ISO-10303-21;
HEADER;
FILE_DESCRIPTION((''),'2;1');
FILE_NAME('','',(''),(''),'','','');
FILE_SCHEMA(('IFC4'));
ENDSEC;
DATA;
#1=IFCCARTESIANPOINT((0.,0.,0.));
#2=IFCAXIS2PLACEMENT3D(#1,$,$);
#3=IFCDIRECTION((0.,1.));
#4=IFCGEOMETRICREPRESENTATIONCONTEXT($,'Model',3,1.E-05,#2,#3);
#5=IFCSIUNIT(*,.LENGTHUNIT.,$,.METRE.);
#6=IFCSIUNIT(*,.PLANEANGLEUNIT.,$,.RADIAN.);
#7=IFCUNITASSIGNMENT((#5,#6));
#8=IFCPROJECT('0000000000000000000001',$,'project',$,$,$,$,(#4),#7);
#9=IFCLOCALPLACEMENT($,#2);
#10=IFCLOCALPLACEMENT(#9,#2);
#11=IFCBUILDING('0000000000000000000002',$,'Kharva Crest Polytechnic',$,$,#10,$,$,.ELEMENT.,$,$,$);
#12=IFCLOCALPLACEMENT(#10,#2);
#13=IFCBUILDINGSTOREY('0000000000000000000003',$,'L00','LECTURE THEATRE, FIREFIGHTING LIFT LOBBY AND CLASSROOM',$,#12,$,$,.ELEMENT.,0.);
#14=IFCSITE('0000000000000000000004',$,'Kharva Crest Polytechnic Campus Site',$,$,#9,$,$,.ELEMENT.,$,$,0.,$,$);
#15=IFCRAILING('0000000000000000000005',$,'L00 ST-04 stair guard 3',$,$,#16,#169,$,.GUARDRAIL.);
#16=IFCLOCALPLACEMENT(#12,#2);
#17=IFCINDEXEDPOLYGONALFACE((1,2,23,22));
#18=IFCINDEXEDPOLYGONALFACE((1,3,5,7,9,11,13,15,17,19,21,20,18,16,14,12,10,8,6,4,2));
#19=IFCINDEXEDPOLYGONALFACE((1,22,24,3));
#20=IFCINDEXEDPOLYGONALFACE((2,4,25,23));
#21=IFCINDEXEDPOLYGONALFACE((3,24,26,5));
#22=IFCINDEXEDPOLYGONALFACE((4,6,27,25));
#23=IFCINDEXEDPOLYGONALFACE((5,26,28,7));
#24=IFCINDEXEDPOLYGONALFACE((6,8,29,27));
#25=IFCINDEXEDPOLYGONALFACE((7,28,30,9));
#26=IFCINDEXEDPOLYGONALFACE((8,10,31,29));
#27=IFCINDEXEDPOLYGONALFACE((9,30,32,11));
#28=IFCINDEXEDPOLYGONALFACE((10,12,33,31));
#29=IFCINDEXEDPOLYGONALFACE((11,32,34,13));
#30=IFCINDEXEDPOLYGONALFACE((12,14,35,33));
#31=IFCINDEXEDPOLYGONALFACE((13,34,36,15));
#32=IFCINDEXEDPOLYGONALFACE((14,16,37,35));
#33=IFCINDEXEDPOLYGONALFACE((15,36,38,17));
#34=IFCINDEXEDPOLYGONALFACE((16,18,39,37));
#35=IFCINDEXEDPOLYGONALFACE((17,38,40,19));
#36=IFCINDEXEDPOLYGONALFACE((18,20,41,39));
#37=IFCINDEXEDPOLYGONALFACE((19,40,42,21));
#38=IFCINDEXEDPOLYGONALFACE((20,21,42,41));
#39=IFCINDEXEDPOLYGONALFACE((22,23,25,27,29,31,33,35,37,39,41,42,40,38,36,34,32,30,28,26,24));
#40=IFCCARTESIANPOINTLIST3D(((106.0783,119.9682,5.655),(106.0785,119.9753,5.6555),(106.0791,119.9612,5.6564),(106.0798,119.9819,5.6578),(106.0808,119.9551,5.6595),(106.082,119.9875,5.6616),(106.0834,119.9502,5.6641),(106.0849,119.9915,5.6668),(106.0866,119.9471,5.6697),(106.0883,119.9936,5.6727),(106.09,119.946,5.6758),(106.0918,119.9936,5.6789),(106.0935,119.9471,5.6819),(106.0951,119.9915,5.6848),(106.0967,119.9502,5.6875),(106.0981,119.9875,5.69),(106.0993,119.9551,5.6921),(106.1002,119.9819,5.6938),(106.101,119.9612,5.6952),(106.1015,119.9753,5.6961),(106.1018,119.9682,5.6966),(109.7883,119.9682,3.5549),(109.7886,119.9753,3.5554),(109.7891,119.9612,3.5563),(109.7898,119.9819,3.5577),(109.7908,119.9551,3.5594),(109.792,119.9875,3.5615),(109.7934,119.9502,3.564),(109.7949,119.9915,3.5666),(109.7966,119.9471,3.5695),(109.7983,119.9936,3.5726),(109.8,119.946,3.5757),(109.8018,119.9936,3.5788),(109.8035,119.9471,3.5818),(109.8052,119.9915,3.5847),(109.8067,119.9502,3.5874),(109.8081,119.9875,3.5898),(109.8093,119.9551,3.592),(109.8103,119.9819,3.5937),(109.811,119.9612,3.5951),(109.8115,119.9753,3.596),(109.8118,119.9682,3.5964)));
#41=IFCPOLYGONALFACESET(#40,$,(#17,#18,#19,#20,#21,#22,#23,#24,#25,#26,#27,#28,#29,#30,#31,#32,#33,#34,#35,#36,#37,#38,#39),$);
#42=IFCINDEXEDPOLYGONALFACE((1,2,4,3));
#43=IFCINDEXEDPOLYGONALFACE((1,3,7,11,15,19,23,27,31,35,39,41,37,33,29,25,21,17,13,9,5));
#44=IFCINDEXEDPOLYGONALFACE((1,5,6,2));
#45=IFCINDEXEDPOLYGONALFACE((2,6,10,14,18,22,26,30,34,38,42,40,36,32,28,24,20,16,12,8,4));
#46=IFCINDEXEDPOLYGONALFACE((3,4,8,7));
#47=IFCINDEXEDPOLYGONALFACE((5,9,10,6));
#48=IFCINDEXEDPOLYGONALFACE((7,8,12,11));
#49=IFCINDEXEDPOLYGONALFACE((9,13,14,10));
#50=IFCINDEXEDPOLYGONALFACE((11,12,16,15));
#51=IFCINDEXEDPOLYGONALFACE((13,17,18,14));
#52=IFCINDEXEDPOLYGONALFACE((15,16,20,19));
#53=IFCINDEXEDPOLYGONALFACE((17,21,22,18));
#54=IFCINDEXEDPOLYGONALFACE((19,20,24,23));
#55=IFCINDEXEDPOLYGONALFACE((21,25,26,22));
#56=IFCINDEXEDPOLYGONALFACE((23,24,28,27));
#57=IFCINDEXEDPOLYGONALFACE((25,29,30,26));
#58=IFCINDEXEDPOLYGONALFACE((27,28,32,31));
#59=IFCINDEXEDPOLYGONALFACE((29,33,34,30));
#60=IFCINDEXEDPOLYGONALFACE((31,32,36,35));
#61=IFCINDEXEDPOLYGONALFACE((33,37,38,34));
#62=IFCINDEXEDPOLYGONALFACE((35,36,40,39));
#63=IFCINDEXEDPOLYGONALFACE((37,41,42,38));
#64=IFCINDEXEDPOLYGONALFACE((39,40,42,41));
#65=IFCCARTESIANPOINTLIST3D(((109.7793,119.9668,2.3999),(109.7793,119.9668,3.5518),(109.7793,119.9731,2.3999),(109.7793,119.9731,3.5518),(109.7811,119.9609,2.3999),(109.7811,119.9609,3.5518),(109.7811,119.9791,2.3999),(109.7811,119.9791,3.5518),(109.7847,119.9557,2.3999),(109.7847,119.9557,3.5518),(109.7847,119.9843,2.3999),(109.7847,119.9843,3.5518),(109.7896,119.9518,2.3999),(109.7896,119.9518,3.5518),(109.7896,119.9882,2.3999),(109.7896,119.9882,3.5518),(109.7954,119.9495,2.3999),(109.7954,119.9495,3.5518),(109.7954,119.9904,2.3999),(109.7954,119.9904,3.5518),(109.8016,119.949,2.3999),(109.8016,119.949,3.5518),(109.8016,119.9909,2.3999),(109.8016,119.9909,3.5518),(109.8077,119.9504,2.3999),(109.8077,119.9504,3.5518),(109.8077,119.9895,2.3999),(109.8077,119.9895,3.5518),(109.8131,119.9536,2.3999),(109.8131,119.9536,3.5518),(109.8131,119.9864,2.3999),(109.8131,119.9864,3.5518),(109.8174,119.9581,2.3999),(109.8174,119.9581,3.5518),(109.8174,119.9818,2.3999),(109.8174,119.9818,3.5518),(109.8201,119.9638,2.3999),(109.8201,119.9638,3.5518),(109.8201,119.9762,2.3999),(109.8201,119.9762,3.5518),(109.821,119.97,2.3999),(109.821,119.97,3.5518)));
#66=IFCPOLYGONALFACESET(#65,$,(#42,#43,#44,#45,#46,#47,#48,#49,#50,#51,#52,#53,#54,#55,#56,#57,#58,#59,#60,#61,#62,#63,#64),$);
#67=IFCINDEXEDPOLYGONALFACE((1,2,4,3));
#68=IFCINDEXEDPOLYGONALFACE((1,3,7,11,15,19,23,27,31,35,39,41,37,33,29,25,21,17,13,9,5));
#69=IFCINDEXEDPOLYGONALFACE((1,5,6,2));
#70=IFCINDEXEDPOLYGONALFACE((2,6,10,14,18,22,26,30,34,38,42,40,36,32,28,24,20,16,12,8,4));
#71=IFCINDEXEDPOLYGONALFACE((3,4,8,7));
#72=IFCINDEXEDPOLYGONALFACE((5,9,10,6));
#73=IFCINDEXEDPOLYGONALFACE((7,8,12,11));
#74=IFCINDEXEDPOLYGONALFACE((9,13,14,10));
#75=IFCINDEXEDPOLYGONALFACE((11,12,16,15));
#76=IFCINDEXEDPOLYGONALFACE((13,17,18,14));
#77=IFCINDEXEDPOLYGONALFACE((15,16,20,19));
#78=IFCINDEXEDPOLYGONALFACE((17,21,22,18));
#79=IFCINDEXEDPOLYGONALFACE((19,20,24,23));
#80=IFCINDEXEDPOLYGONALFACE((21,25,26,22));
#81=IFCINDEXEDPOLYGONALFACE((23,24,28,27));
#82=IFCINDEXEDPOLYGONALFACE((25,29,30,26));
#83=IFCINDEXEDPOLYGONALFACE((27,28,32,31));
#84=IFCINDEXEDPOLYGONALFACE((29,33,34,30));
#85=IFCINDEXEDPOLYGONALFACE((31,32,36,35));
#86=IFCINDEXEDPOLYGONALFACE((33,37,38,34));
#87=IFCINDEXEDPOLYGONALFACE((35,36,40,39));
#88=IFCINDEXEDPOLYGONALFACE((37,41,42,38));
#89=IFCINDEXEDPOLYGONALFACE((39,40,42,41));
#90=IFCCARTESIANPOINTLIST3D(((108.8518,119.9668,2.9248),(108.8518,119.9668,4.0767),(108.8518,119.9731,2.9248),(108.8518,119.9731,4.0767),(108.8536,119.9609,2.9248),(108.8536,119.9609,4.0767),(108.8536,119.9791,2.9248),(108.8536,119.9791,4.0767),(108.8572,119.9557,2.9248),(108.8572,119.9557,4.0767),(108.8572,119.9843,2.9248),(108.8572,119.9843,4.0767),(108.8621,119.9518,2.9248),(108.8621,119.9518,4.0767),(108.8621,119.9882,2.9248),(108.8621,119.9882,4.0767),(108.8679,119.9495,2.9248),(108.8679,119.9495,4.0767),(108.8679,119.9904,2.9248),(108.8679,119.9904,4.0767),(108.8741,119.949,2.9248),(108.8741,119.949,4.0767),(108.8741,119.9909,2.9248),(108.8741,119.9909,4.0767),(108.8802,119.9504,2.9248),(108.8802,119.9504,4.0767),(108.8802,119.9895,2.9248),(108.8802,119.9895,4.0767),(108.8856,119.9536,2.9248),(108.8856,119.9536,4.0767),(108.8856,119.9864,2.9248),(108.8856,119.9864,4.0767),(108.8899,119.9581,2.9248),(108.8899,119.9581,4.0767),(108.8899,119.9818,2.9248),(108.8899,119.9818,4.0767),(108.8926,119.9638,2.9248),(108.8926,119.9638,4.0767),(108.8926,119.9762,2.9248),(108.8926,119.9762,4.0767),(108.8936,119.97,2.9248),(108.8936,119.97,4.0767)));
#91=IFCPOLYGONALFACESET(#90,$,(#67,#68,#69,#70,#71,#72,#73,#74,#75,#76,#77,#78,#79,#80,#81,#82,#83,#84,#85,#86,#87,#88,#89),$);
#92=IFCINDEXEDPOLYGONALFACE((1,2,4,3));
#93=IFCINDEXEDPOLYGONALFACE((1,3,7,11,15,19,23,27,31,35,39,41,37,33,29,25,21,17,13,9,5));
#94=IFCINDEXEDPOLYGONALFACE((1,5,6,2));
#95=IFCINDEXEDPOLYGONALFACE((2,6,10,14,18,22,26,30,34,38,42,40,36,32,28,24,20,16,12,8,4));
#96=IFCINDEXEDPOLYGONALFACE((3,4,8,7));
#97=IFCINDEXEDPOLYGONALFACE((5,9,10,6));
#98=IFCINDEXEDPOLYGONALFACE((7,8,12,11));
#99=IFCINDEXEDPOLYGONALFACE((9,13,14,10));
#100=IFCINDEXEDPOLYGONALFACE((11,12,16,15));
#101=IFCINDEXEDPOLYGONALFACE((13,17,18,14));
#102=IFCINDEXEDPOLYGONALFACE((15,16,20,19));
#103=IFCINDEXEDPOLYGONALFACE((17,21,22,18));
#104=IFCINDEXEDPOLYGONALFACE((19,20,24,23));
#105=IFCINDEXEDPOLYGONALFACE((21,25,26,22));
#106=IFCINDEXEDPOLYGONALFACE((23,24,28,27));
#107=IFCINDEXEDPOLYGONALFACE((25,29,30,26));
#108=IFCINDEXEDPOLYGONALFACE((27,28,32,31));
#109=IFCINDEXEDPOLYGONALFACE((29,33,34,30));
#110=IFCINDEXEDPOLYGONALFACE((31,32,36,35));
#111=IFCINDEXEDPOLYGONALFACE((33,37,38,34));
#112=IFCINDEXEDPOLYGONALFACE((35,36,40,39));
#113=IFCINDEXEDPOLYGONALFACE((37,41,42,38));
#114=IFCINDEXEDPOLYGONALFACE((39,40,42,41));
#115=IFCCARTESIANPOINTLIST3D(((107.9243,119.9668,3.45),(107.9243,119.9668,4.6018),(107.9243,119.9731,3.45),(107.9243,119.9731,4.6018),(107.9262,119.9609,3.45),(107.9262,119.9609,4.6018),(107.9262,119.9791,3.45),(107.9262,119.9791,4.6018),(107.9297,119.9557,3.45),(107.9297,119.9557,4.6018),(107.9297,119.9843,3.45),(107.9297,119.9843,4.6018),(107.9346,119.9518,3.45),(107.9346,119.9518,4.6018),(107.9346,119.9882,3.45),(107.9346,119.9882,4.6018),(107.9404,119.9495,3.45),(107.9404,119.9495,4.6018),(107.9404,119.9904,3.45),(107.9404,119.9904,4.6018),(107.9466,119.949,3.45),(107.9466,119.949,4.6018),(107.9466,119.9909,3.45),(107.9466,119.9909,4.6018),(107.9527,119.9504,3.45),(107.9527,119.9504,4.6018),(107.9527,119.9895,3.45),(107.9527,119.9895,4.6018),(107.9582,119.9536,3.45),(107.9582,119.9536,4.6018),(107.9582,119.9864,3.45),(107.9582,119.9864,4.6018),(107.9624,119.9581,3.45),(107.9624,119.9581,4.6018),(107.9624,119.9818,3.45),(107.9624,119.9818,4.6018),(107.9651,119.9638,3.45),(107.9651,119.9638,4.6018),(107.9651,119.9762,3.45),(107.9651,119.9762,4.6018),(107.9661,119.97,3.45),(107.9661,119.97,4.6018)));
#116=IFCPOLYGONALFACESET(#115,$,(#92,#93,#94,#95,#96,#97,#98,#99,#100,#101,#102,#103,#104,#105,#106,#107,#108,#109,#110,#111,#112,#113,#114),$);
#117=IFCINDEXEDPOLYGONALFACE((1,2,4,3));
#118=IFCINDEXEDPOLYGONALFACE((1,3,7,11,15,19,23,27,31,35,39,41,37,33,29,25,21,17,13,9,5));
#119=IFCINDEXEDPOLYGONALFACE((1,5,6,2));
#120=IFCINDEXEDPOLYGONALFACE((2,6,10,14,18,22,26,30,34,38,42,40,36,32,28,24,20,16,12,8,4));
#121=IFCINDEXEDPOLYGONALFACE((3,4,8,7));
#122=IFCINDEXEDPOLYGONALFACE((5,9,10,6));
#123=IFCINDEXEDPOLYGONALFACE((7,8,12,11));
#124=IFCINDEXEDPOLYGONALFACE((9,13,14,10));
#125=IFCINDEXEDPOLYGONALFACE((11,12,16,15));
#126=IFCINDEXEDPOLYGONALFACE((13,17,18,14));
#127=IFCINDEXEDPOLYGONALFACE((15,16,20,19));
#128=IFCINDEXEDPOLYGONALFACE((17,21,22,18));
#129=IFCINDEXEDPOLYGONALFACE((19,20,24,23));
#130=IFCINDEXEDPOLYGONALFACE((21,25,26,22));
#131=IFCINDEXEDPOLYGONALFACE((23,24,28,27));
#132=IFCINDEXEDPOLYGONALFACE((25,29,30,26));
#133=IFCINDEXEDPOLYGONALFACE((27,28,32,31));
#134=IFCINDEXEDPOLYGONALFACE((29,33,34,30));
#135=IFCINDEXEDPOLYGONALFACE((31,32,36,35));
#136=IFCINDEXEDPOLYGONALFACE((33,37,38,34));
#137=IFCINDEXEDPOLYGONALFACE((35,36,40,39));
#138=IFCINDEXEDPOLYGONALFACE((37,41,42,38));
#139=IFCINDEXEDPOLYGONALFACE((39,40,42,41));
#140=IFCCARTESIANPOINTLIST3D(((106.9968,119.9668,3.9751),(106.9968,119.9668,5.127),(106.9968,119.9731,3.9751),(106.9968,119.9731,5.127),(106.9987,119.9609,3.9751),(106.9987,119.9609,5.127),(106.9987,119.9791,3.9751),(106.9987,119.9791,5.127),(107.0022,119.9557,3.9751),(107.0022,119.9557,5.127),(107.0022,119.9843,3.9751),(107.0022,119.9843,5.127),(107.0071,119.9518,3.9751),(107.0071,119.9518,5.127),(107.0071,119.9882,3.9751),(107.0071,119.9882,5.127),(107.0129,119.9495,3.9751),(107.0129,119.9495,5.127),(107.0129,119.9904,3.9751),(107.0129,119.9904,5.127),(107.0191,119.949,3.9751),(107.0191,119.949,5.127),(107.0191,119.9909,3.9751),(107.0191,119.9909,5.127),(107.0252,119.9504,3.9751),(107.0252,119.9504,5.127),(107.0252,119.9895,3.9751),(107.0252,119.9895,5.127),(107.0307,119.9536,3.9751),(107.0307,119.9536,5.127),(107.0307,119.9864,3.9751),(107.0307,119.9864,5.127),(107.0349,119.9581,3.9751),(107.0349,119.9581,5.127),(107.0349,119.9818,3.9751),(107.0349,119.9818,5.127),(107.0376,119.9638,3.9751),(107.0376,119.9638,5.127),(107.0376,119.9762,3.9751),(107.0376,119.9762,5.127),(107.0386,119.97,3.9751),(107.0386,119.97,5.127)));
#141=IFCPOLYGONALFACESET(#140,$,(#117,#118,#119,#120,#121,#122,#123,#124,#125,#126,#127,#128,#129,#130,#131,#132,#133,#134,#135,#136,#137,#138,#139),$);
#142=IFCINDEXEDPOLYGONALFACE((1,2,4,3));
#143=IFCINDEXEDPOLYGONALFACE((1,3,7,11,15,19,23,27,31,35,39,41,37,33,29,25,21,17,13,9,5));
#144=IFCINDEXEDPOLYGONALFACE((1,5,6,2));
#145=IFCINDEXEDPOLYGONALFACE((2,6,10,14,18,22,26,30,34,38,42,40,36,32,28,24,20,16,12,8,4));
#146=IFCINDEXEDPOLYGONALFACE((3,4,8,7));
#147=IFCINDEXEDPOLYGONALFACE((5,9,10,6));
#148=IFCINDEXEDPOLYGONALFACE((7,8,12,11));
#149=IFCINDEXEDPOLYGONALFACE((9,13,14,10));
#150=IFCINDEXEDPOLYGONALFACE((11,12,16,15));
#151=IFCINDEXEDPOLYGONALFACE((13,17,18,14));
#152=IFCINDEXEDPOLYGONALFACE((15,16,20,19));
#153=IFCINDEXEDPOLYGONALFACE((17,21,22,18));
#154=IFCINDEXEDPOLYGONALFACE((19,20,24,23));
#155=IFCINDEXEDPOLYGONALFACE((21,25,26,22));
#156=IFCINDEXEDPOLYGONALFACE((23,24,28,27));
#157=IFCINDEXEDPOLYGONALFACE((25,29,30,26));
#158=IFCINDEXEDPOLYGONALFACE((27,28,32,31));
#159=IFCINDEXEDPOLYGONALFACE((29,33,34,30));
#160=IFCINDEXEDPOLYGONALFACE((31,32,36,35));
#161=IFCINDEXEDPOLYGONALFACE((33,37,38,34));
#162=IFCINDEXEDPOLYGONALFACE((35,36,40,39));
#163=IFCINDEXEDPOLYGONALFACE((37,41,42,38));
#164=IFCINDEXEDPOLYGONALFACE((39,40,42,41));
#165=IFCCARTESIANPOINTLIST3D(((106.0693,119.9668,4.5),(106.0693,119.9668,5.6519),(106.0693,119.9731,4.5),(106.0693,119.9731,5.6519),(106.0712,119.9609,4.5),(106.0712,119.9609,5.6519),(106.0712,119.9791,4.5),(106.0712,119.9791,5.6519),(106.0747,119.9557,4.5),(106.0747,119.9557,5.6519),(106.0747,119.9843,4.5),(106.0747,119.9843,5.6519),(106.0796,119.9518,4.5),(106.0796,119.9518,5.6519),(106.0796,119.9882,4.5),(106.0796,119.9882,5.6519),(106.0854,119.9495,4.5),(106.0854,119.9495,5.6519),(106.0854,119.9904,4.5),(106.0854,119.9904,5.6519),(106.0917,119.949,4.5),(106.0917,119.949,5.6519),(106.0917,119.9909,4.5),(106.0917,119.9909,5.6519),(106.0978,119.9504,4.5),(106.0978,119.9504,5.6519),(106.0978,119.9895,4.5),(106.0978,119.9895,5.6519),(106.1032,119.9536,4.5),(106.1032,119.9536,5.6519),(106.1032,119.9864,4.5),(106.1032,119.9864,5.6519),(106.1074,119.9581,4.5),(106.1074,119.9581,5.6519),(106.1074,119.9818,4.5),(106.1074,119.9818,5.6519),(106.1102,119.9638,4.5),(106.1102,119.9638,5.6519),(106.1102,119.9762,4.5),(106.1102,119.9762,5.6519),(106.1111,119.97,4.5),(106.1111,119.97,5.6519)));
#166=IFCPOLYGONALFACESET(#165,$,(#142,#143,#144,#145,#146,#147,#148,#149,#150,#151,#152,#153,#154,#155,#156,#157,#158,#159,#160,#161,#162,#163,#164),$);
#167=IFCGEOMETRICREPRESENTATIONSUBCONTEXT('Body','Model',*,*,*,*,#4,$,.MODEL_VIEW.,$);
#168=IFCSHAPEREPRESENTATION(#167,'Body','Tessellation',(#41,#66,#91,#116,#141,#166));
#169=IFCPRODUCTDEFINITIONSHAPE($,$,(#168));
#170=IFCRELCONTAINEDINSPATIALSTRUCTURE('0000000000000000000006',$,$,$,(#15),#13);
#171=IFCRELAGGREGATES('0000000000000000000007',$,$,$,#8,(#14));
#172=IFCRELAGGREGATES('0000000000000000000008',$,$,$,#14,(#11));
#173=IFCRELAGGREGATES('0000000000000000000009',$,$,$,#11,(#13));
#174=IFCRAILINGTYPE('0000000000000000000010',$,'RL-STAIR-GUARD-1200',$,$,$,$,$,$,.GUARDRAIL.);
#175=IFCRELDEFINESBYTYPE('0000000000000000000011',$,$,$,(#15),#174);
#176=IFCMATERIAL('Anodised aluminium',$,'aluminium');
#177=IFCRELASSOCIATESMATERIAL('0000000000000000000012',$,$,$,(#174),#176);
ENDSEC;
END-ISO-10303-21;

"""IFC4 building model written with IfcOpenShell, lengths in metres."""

from ifc_helpers import new_model, si_unit, direction, frame, origin, origin_2d, place, context, subcontext, project, spatial, circle, extrude, material, type_object, element, save


model = new_model("IFC4")

# Units and contexts
model_context = context("Model", 3, precision=1e-05, world=origin(), true_north=direction((0.0, 1.0)))
body_context = subcontext(model_context, "Body", "Model", "MODEL_VIEW")
ifc_project = project(units=[si_unit("LENGTHUNIT", "METRE"), si_unit("PLANEANGLEUNIT", "RADIAN")], contexts=[model_context])

# Site, building, storey
site_placement = place(None, origin())
site = spatial("IfcSite", under=ifc_project, at=site_placement, Name="Kharva Crest Polytechnic Campus Site", CompositionType="ELEMENT", RefElevation=0.0)
building_placement = place(site_placement, origin())
building = spatial("IfcBuilding", under=site, at=building_placement, Name="Kharva Crest Polytechnic", CompositionType="ELEMENT")
storey_placement = place(building_placement, origin())
storey = spatial("IfcBuildingStorey", under=building, at=storey_placement, Name="L00", Description="LECTURE THEATRE, FIREFIGHTING LIFT LOBBY AND CLASSROOM", CompositionType="ELEMENT", Elevation=0.0)

# Railing
ifc_material_1 = material(Name="Anodised aluminium", Category="aluminium")
railing_type_1 = type_object("IfcRailingType", Name="RL-STAIR-GUARD-1200", PredefinedType="GUARDRAIL", material=ifc_material_1)
railing_1_placement = place(storey_placement, frame((109.8, 119.97, 2.3999)))
element("IfcRailing", 1, at=railing_1_placement, inside=storey, type_object=railing_type_1, Name="L00 ST-04 stair guard 3", PredefinedType="GUARDRAIL", context=body_context, shape_type="SweptSolid", body=[
    extrude(circle(Radius=0.0239, at=origin_2d()), frame((0.0, 0.0, 1.1758), z_axis=(-0.870245, 0.0, 0.492619), x_axis=(0.0, -1.0, 0.0)), (0.0, 0.0, 1.0), 4.2632),
    extrude(circle(Radius=0.021, at=origin_2d()), origin(), (0.0, 0.0, 1.0), 1.1519),
    extrude(circle(Radius=0.021, at=origin_2d()), frame((-0.9275, 0.0, 0.5249)), (0.0, 0.0, 1.0), 1.1519),
    extrude(circle(Radius=0.021, at=origin_2d()), frame((-1.855, 0.0, 1.05)), (0.0, 0.0, 1.0), 1.1519),
    extrude(circle(Radius=0.021, at=origin_2d()), frame((-2.7825, 0.0, 1.5752)), (0.0, 0.0, 1.0), 1.1519),
    extrude(circle(Radius=0.021, at=origin_2d()), frame((-3.71, 0.0, 2.1001)), (0.0, 0.0, 1.0), 1.1519),
])

save(model, "model.ifc")
